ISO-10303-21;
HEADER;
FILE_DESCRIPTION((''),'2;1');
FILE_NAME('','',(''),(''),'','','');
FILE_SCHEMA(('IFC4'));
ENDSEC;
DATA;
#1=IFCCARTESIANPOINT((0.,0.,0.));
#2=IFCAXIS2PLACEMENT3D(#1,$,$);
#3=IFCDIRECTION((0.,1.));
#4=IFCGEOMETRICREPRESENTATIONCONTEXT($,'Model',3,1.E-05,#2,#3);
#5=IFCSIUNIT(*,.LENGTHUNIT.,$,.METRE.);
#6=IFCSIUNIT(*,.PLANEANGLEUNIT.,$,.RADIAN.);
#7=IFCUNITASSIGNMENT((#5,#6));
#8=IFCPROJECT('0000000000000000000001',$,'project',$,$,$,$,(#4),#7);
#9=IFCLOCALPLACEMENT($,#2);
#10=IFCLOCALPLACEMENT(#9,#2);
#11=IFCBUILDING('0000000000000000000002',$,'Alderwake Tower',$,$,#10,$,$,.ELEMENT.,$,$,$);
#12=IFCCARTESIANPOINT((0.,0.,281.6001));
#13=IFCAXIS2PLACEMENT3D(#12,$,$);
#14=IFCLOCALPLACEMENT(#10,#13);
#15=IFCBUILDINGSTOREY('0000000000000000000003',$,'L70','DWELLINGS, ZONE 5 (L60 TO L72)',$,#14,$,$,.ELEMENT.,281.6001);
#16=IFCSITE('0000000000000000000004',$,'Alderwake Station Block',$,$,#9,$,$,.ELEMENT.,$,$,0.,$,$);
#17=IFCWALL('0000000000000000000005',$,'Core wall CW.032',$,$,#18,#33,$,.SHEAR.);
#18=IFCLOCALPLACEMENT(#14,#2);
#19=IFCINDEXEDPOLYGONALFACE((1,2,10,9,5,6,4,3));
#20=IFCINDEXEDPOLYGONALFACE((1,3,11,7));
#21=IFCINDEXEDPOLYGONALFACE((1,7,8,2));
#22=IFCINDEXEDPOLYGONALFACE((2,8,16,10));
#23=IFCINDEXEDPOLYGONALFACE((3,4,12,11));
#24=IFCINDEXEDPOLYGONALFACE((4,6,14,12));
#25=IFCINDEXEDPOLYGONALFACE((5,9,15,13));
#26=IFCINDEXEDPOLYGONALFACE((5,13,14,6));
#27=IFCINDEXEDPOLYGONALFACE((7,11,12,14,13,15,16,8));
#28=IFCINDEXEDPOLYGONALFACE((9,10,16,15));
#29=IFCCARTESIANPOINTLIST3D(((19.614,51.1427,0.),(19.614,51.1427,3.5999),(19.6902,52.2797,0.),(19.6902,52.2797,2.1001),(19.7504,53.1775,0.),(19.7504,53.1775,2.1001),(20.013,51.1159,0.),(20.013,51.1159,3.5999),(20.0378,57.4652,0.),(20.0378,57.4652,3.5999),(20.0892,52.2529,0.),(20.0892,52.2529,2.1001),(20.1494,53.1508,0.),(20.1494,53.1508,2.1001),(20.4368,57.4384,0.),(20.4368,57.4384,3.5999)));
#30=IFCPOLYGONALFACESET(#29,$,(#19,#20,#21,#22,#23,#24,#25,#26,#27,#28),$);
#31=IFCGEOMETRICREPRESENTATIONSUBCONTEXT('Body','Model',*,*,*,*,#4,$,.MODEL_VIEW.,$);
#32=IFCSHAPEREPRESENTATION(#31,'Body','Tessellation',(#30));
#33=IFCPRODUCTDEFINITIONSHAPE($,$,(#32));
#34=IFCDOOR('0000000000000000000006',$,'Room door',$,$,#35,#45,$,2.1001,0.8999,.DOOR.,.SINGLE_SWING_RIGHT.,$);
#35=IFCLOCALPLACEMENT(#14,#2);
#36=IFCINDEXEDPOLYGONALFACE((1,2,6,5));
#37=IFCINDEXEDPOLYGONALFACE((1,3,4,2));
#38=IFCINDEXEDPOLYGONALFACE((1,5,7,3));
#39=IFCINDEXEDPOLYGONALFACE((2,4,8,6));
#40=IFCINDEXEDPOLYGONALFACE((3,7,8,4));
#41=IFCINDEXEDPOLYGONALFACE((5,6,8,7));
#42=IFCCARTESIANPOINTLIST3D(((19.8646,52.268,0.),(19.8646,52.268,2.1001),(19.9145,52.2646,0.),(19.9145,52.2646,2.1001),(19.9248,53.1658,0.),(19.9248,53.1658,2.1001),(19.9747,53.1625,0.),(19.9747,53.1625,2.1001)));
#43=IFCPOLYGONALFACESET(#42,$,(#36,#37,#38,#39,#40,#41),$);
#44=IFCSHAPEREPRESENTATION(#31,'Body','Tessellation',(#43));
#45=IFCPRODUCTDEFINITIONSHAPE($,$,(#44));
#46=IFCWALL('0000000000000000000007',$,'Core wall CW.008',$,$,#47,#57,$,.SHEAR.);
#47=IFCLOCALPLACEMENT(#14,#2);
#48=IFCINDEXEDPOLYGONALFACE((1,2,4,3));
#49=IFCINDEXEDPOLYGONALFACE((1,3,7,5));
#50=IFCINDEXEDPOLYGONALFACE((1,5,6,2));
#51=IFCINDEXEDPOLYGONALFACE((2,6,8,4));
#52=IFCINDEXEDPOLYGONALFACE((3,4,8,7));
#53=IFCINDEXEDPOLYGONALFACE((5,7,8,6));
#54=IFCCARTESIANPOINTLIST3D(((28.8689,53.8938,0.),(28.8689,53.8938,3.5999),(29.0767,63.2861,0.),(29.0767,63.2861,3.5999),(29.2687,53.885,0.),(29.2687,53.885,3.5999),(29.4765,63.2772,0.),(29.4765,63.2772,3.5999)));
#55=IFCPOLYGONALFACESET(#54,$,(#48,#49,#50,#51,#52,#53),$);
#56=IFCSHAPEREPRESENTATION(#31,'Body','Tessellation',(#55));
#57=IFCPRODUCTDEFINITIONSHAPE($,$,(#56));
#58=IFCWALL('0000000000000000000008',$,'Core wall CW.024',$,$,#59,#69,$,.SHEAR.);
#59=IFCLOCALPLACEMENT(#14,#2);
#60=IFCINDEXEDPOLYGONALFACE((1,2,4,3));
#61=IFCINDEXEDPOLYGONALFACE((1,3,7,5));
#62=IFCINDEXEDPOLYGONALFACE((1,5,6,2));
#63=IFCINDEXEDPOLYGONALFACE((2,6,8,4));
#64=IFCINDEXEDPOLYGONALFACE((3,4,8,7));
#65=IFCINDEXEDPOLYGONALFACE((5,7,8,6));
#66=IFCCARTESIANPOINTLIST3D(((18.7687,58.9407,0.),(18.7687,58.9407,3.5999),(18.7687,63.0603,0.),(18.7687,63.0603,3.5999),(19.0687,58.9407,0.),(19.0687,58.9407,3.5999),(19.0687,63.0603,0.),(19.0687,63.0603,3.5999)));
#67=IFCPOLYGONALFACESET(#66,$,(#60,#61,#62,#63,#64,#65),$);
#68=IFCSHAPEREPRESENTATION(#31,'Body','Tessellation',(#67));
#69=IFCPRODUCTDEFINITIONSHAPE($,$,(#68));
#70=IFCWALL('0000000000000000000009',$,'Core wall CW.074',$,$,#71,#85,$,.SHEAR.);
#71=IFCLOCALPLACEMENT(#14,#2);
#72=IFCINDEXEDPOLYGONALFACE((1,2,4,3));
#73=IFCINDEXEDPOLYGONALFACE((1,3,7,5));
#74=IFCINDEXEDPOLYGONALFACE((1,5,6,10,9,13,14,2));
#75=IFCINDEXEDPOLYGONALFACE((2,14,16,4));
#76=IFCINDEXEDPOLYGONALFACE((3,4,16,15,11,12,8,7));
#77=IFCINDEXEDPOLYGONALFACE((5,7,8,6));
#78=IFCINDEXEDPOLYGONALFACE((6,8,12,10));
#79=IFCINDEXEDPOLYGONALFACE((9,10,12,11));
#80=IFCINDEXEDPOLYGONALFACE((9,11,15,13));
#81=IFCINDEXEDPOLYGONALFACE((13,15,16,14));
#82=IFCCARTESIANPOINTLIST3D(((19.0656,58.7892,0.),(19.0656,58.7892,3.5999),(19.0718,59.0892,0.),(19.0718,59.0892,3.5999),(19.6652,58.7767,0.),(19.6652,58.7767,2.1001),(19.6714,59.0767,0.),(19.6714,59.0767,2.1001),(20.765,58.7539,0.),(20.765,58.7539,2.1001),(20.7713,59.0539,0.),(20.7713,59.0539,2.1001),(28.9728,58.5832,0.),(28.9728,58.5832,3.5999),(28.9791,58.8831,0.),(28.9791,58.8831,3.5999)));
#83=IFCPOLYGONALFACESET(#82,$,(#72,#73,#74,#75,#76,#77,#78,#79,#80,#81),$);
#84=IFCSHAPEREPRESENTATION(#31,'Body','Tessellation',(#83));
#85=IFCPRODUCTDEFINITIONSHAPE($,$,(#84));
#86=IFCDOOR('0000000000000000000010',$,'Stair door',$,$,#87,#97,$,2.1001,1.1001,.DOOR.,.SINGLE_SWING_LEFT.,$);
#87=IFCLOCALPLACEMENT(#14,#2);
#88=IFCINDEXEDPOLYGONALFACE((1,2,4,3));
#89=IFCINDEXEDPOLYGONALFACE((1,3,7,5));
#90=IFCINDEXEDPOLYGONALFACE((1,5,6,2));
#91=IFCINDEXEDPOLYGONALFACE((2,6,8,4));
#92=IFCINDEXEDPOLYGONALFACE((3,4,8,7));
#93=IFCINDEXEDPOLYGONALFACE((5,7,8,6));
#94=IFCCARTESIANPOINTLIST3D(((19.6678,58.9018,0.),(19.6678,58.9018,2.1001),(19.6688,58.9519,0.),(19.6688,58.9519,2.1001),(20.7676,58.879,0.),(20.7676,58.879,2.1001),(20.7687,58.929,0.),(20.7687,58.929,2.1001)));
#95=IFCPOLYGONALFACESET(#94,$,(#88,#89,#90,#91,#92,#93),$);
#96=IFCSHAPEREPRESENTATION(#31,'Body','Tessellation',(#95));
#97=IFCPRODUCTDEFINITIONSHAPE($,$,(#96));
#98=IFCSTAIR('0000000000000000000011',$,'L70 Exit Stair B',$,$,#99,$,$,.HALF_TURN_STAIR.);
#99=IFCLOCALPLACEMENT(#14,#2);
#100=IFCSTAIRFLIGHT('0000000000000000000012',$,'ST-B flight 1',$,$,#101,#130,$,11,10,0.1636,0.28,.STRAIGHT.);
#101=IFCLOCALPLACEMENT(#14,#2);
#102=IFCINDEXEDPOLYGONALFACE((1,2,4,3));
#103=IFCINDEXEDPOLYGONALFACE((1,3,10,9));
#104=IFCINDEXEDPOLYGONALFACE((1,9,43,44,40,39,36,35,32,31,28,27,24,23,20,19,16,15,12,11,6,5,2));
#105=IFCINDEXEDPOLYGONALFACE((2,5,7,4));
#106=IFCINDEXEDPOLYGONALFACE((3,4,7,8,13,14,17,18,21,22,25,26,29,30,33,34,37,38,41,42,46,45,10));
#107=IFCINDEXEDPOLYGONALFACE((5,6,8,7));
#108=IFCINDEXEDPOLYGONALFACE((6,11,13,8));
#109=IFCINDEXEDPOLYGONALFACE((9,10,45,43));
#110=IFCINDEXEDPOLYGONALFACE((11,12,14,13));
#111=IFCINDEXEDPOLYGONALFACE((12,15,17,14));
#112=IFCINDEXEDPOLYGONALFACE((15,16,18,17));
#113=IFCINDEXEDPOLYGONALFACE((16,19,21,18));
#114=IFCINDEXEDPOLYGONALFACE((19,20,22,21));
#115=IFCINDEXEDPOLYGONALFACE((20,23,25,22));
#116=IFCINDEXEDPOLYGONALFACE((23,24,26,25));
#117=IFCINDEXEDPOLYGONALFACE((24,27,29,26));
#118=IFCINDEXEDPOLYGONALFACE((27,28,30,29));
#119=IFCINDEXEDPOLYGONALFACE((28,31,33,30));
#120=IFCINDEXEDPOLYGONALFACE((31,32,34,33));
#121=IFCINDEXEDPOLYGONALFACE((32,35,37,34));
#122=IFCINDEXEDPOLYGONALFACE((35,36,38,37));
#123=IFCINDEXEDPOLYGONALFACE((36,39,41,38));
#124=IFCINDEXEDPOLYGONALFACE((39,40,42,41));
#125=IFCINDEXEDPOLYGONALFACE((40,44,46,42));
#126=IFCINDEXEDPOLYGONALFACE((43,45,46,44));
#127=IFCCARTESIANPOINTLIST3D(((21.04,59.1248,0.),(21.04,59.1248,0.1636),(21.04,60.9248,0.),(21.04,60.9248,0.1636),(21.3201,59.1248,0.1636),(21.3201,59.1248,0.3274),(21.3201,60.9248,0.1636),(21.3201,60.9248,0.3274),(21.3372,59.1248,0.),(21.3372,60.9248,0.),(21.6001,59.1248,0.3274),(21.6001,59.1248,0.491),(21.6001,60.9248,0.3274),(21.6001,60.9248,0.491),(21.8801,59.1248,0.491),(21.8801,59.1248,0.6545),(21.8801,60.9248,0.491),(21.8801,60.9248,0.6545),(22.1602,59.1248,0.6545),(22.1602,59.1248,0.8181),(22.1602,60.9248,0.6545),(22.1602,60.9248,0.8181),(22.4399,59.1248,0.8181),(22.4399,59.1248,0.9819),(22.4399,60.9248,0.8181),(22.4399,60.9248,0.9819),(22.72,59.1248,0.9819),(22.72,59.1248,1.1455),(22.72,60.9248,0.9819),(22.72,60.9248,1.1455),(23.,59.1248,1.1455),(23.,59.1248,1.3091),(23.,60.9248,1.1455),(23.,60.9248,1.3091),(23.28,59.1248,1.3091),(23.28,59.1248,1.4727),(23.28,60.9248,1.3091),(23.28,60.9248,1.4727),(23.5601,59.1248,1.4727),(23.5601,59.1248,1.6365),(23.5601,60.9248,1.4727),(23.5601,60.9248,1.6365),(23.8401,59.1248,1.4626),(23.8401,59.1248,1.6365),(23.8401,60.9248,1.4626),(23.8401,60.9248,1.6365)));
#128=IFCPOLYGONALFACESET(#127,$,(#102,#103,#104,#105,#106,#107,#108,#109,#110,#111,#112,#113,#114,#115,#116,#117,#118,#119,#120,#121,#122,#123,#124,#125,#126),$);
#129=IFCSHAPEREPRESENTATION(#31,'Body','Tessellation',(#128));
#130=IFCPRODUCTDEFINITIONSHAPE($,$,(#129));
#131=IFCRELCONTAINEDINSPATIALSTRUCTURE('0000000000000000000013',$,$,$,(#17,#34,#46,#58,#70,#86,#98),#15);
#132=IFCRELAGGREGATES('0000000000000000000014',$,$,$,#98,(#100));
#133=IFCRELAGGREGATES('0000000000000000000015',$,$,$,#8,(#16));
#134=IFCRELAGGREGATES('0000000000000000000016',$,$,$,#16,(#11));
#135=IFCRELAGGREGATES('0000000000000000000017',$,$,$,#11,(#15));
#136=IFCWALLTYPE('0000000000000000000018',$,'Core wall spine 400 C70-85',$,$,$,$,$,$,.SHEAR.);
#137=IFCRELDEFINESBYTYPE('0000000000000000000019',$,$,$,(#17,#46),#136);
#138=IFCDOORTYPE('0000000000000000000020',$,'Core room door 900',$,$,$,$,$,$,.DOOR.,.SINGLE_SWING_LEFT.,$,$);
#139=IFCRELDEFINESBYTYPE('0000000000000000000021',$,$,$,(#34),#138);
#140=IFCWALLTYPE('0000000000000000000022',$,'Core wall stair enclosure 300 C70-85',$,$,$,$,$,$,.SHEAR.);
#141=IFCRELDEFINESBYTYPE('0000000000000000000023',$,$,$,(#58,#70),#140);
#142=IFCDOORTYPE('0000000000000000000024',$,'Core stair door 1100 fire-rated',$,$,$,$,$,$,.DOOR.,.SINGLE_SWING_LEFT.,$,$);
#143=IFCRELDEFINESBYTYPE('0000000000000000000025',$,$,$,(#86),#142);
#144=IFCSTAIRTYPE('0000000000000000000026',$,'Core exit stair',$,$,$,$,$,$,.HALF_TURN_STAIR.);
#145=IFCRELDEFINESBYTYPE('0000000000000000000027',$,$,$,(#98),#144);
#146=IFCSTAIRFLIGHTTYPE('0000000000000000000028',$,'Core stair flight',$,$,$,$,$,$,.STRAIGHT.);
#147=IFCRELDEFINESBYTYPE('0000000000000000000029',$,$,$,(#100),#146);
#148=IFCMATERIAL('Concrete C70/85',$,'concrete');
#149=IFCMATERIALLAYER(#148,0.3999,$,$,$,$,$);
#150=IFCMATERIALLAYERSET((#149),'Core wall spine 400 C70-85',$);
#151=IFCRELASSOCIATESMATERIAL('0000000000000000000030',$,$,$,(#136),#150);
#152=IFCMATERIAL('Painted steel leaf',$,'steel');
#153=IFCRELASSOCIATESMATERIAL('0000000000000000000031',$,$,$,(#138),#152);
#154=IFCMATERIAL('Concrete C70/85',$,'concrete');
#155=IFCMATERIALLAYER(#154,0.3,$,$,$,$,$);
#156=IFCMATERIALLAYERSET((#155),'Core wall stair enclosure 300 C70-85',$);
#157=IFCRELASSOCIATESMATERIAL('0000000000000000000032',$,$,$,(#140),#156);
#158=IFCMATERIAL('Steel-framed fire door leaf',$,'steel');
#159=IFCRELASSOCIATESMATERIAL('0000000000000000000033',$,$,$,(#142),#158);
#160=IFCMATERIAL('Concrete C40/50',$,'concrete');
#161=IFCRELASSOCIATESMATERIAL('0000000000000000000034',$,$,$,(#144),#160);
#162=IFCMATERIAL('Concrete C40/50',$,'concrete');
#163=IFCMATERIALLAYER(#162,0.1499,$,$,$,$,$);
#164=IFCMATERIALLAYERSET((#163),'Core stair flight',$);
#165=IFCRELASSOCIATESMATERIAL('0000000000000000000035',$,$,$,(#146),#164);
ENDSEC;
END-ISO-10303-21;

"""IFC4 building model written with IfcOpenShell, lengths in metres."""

from ifc_helpers import new_model, si_unit, direction, frame, frame_2d, origin, place, context, subcontext, project, spatial, polyline, rectangle, outline, extrude, material, layer, layer_set, type_object, element, fill, aggregate, save


model = new_model("IFC4")

# Units and contexts
model_context = context("Model", 3, precision=1e-05, world=origin(), true_north=direction((0.0, 1.0)))
body_context = subcontext(model_context, "Body", "Model", "MODEL_VIEW")
ifc_project = project(units=[si_unit("LENGTHUNIT", "METRE"), si_unit("PLANEANGLEUNIT", "RADIAN")], contexts=[model_context])

# Site, building, storey
site_placement = place(None, origin())
site = spatial("IfcSite", under=ifc_project, at=site_placement, Name="Alderwake Station Block", CompositionType="ELEMENT", RefElevation=0.0)
building_placement = place(site_placement, origin())
building = spatial("IfcBuilding", under=site, at=building_placement, Name="Alderwake Tower", CompositionType="ELEMENT")
storey_placement = place(building_placement, frame((0.0, 0.0, 281.6001)))
storey = spatial("IfcBuildingStorey", under=building, at=storey_placement, Name="L70", Description="DWELLINGS, ZONE 5 (L60 TO L72)", CompositionType="ELEMENT", Elevation=281.6001)

# Shared definitions
ifc_material_1 = material(Name="Concrete C70/85", Category="concrete")
ifc_layer_1 = layer(ifc_material_1, 0.3999)
ifc_layer_set_1 = layer_set([ifc_layer_1], Name="Core wall spine 400 C70-85")
wall_type_1 = type_object("IfcWallType", Name="Core wall spine 400 C70-85", PredefinedType="SHEAR", material=ifc_layer_set_1)

# Wall, opening, door
wall_1_placement = place(storey_placement, frame((20.2373, 57.4519, 0.0), z_axis=(0.0, 0.0, 1.0), x_axis=(-0.066885, -0.997761, 0.0)))
wall_1 = element("IfcWall", 1, at=wall_1_placement, inside=storey, type_object=wall_type_1, Name="Core wall CW.032", PredefinedType="SHEAR", context=body_context, shape_type="SweptSolid", body=[
    extrude(rectangle(XDim=6.3367, YDim=0.3999, at=frame_2d((3.1685, 0.0))), origin(), (0.0, 0.0, 1.0), 3.5999),
])
opening_1_placement = place(wall_1_placement, frame((4.2974, 0.0, 0.0)))
opening_1 = element("IfcOpeningElement", 2, at=opening_1_placement, cuts=wall_1, PredefinedType="OPENING", context=body_context, shape_type="SweptSolid", body=[
    extrude(rectangle(XDim=0.8999, YDim=2.1001, at=frame_2d((0.45, 1.05))), frame((0.0, 0.21, 0.0), z_axis=(0.0, -1.0, 0.0), x_axis=(1.0, 0.0, 0.0)), (0.0, 0.0, 1.0), 0.4199),
])
ifc_material_2 = material(Name="Painted steel leaf", Category="steel")
door_type_1 = type_object("IfcDoorType", Name="Core room door 900", OperationType="SINGLE_SWING_LEFT", PredefinedType="DOOR", material=ifc_material_2)
door_1_placement = place(opening_1_placement, origin())
door_1 = element("IfcDoor", 3, at=door_1_placement, inside=storey, type_object=door_type_1, Name="Room door", OperationType="SINGLE_SWING_RIGHT", OverallHeight=2.1001, OverallWidth=0.8999, PredefinedType="DOOR", context=body_context, shape_type="SweptSolid", body=[
    extrude(rectangle(XDim=0.8999, YDim=2.1001, at=frame_2d((0.45, 1.05))), frame((0.0, 0.0249, 0.0), z_axis=(0.0, -1.0, 0.0), x_axis=(1.0, 0.0, 0.0)), (0.0, 0.0, 1.0), 0.05),
])
fill(opening_1, door_1)

# Walls
wall_2_placement = place(storey_placement, frame((29.0688, 53.8894, 0.0), z_axis=(0.0, 0.0, 1.0), x_axis=(0.022115, 0.999755, 0.0)))
element("IfcWall", 4, at=wall_2_placement, inside=storey, type_object=wall_type_1, Name="Core wall CW.008", PredefinedType="SHEAR", context=body_context, shape_type="SweptSolid", body=[
    extrude(rectangle(XDim=9.3945, YDim=0.3999, at=frame_2d((4.6973, 0.0))), origin(), (0.0, 0.0, 1.0), 3.5999),
])
ifc_material_3 = material(Name="Concrete C70/85", Category="concrete")
ifc_layer_2 = layer(ifc_material_3, 0.3)
ifc_layer_set_2 = layer_set([ifc_layer_2], Name="Core wall stair enclosure 300 C70-85")
wall_type_2 = type_object("IfcWallType", Name="Core wall stair enclosure 300 C70-85", PredefinedType="SHEAR", material=ifc_layer_set_2)
wall_3_placement = place(storey_placement, frame((18.9187, 58.9407, 0.0), z_axis=(0.0, 0.0, 1.0), x_axis=(0.0, 1.0, 0.0)))
element("IfcWall", 5, at=wall_3_placement, inside=storey, type_object=wall_type_2, Name="Core wall CW.024", PredefinedType="SHEAR", context=body_context, shape_type="SweptSolid", body=[
    extrude(rectangle(XDim=4.1196, YDim=0.3, at=frame_2d((2.0598, 0.0))), origin(), (0.0, 0.0, 1.0), 3.5999),
])

# Wall, opening, door
wall_4_placement = place(storey_placement, frame((28.9758, 58.7332, 0.0), z_axis=(0.0, 0.0, 1.0), x_axis=(-0.999784, 0.020794, 0.0)))
wall_4 = element("IfcWall", 6, at=wall_4_placement, inside=storey, type_object=wall_type_2, Name="Core wall CW.074", PredefinedType="SHEAR", context=body_context, shape_type="SweptSolid", body=[
    extrude(rectangle(XDim=9.9094, YDim=0.3, at=frame_2d((4.9546, 0.0))), origin(), (0.0, 0.0, 1.0), 3.5999),
])
opening_2_placement = place(wall_4_placement, frame((8.2095, 0.0, 0.0)))
opening_2 = element("IfcOpeningElement", 7, at=opening_2_placement, cuts=wall_4, PredefinedType="OPENING", context=body_context, shape_type="SweptSolid", body=[
    extrude(rectangle(XDim=1.1001, YDim=2.1001, at=frame_2d((0.55, 1.05))), frame((0.0, 0.1599, 0.0), z_axis=(0.0, -1.0, 0.0), x_axis=(1.0, 0.0, 0.0)), (0.0, 0.0, 1.0), 0.3201),
])
ifc_material_4 = material(Name="Steel-framed fire door leaf", Category="steel")
door_type_2 = type_object("IfcDoorType", Name="Core stair door 1100 fire-rated", OperationType="SINGLE_SWING_LEFT", PredefinedType="DOOR", material=ifc_material_4)
door_2_placement = place(opening_2_placement, origin())
door_2 = element("IfcDoor", 8, at=door_2_placement, inside=storey, type_object=door_type_2, Name="Stair door", OperationType="SINGLE_SWING_LEFT", OverallHeight=2.1001, OverallWidth=1.1001, PredefinedType="DOOR", context=body_context, shape_type="SweptSolid", body=[
    extrude(rectangle(XDim=1.1001, YDim=2.1001, at=frame_2d((0.55, 1.05))), frame((0.0, 0.0249, 0.0), z_axis=(0.0, -1.0, 0.0), x_axis=(1.0, 0.0, 0.0)), (0.0, 0.0, 1.0), 0.05),
])
fill(opening_2, door_2)

# Stair, stair flight
ifc_material_5 = material(Name="Concrete C40/50", Category="concrete")
stair_type = type_object("IfcStairType", Name="Core exit stair", PredefinedType="HALF_TURN_STAIR", material=ifc_material_5)
stair_placement = place(storey_placement, origin())
stair = element("IfcStair", 9, at=stair_placement, inside=storey, type_object=stair_type, Name="L70 Exit Stair B", PredefinedType="HALF_TURN_STAIR")
ifc_material_6 = material(Name="Concrete C40/50", Category="concrete")
ifc_layer_3 = layer(ifc_material_6, 0.1499)
ifc_layer_set_3 = layer_set([ifc_layer_3], Name="Core stair flight")
stair_flight_type = type_object("IfcStairFlightType", Name="Core stair flight", PredefinedType="STRAIGHT", material=ifc_layer_set_3)
stair_flight_placement = place(storey_placement, frame((21.04, 60.0249, 0.0), z_axis=(0.0, 0.0, 1.0), x_axis=(1.0, 0.0, 0.0)))
stair_flight = element("IfcStairFlight", 10, at=stair_flight_placement, type_object=stair_flight_type, Name="ST-B flight 1", NumberOfRisers=11, NumberOfTreads=10, PredefinedType="STRAIGHT", RiserHeight=0.1636, TreadLength=0.28, context=body_context, shape_type="SweptSolid", body=[
    extrude(outline(polyline([(0.0, 0.0), (0.0, 0.1636), (0.28, 0.1636), (0.28, 0.3274), (0.5601, 0.3274), (0.5601, 0.491), (0.8401, 0.491), (0.8401, 0.6545), (1.1201, 0.6545), (1.1201, 0.8181), (1.3999, 0.8181), (1.3999, 0.9819), (1.6799, 0.9819), (1.6799, 1.1455), (1.96, 1.1455), (1.96, 1.3091), (2.24, 1.3091), (2.24, 1.4727), (2.52, 1.4727), (2.52, 1.6365), (2.8, 1.6365), (2.8, 1.8), (2.8, 1.4626), (0.2971, 0.0), (0.0, 0.0)])), frame((0.0, 0.8999, 0.0), z_axis=(0.0, -1.0, 0.0), x_axis=(1.0, 0.0, 0.0)), (0.0, 0.0, 1.0), 1.8),
])
aggregate(stair, [stair_flight])

save(model, "model.ifc")
